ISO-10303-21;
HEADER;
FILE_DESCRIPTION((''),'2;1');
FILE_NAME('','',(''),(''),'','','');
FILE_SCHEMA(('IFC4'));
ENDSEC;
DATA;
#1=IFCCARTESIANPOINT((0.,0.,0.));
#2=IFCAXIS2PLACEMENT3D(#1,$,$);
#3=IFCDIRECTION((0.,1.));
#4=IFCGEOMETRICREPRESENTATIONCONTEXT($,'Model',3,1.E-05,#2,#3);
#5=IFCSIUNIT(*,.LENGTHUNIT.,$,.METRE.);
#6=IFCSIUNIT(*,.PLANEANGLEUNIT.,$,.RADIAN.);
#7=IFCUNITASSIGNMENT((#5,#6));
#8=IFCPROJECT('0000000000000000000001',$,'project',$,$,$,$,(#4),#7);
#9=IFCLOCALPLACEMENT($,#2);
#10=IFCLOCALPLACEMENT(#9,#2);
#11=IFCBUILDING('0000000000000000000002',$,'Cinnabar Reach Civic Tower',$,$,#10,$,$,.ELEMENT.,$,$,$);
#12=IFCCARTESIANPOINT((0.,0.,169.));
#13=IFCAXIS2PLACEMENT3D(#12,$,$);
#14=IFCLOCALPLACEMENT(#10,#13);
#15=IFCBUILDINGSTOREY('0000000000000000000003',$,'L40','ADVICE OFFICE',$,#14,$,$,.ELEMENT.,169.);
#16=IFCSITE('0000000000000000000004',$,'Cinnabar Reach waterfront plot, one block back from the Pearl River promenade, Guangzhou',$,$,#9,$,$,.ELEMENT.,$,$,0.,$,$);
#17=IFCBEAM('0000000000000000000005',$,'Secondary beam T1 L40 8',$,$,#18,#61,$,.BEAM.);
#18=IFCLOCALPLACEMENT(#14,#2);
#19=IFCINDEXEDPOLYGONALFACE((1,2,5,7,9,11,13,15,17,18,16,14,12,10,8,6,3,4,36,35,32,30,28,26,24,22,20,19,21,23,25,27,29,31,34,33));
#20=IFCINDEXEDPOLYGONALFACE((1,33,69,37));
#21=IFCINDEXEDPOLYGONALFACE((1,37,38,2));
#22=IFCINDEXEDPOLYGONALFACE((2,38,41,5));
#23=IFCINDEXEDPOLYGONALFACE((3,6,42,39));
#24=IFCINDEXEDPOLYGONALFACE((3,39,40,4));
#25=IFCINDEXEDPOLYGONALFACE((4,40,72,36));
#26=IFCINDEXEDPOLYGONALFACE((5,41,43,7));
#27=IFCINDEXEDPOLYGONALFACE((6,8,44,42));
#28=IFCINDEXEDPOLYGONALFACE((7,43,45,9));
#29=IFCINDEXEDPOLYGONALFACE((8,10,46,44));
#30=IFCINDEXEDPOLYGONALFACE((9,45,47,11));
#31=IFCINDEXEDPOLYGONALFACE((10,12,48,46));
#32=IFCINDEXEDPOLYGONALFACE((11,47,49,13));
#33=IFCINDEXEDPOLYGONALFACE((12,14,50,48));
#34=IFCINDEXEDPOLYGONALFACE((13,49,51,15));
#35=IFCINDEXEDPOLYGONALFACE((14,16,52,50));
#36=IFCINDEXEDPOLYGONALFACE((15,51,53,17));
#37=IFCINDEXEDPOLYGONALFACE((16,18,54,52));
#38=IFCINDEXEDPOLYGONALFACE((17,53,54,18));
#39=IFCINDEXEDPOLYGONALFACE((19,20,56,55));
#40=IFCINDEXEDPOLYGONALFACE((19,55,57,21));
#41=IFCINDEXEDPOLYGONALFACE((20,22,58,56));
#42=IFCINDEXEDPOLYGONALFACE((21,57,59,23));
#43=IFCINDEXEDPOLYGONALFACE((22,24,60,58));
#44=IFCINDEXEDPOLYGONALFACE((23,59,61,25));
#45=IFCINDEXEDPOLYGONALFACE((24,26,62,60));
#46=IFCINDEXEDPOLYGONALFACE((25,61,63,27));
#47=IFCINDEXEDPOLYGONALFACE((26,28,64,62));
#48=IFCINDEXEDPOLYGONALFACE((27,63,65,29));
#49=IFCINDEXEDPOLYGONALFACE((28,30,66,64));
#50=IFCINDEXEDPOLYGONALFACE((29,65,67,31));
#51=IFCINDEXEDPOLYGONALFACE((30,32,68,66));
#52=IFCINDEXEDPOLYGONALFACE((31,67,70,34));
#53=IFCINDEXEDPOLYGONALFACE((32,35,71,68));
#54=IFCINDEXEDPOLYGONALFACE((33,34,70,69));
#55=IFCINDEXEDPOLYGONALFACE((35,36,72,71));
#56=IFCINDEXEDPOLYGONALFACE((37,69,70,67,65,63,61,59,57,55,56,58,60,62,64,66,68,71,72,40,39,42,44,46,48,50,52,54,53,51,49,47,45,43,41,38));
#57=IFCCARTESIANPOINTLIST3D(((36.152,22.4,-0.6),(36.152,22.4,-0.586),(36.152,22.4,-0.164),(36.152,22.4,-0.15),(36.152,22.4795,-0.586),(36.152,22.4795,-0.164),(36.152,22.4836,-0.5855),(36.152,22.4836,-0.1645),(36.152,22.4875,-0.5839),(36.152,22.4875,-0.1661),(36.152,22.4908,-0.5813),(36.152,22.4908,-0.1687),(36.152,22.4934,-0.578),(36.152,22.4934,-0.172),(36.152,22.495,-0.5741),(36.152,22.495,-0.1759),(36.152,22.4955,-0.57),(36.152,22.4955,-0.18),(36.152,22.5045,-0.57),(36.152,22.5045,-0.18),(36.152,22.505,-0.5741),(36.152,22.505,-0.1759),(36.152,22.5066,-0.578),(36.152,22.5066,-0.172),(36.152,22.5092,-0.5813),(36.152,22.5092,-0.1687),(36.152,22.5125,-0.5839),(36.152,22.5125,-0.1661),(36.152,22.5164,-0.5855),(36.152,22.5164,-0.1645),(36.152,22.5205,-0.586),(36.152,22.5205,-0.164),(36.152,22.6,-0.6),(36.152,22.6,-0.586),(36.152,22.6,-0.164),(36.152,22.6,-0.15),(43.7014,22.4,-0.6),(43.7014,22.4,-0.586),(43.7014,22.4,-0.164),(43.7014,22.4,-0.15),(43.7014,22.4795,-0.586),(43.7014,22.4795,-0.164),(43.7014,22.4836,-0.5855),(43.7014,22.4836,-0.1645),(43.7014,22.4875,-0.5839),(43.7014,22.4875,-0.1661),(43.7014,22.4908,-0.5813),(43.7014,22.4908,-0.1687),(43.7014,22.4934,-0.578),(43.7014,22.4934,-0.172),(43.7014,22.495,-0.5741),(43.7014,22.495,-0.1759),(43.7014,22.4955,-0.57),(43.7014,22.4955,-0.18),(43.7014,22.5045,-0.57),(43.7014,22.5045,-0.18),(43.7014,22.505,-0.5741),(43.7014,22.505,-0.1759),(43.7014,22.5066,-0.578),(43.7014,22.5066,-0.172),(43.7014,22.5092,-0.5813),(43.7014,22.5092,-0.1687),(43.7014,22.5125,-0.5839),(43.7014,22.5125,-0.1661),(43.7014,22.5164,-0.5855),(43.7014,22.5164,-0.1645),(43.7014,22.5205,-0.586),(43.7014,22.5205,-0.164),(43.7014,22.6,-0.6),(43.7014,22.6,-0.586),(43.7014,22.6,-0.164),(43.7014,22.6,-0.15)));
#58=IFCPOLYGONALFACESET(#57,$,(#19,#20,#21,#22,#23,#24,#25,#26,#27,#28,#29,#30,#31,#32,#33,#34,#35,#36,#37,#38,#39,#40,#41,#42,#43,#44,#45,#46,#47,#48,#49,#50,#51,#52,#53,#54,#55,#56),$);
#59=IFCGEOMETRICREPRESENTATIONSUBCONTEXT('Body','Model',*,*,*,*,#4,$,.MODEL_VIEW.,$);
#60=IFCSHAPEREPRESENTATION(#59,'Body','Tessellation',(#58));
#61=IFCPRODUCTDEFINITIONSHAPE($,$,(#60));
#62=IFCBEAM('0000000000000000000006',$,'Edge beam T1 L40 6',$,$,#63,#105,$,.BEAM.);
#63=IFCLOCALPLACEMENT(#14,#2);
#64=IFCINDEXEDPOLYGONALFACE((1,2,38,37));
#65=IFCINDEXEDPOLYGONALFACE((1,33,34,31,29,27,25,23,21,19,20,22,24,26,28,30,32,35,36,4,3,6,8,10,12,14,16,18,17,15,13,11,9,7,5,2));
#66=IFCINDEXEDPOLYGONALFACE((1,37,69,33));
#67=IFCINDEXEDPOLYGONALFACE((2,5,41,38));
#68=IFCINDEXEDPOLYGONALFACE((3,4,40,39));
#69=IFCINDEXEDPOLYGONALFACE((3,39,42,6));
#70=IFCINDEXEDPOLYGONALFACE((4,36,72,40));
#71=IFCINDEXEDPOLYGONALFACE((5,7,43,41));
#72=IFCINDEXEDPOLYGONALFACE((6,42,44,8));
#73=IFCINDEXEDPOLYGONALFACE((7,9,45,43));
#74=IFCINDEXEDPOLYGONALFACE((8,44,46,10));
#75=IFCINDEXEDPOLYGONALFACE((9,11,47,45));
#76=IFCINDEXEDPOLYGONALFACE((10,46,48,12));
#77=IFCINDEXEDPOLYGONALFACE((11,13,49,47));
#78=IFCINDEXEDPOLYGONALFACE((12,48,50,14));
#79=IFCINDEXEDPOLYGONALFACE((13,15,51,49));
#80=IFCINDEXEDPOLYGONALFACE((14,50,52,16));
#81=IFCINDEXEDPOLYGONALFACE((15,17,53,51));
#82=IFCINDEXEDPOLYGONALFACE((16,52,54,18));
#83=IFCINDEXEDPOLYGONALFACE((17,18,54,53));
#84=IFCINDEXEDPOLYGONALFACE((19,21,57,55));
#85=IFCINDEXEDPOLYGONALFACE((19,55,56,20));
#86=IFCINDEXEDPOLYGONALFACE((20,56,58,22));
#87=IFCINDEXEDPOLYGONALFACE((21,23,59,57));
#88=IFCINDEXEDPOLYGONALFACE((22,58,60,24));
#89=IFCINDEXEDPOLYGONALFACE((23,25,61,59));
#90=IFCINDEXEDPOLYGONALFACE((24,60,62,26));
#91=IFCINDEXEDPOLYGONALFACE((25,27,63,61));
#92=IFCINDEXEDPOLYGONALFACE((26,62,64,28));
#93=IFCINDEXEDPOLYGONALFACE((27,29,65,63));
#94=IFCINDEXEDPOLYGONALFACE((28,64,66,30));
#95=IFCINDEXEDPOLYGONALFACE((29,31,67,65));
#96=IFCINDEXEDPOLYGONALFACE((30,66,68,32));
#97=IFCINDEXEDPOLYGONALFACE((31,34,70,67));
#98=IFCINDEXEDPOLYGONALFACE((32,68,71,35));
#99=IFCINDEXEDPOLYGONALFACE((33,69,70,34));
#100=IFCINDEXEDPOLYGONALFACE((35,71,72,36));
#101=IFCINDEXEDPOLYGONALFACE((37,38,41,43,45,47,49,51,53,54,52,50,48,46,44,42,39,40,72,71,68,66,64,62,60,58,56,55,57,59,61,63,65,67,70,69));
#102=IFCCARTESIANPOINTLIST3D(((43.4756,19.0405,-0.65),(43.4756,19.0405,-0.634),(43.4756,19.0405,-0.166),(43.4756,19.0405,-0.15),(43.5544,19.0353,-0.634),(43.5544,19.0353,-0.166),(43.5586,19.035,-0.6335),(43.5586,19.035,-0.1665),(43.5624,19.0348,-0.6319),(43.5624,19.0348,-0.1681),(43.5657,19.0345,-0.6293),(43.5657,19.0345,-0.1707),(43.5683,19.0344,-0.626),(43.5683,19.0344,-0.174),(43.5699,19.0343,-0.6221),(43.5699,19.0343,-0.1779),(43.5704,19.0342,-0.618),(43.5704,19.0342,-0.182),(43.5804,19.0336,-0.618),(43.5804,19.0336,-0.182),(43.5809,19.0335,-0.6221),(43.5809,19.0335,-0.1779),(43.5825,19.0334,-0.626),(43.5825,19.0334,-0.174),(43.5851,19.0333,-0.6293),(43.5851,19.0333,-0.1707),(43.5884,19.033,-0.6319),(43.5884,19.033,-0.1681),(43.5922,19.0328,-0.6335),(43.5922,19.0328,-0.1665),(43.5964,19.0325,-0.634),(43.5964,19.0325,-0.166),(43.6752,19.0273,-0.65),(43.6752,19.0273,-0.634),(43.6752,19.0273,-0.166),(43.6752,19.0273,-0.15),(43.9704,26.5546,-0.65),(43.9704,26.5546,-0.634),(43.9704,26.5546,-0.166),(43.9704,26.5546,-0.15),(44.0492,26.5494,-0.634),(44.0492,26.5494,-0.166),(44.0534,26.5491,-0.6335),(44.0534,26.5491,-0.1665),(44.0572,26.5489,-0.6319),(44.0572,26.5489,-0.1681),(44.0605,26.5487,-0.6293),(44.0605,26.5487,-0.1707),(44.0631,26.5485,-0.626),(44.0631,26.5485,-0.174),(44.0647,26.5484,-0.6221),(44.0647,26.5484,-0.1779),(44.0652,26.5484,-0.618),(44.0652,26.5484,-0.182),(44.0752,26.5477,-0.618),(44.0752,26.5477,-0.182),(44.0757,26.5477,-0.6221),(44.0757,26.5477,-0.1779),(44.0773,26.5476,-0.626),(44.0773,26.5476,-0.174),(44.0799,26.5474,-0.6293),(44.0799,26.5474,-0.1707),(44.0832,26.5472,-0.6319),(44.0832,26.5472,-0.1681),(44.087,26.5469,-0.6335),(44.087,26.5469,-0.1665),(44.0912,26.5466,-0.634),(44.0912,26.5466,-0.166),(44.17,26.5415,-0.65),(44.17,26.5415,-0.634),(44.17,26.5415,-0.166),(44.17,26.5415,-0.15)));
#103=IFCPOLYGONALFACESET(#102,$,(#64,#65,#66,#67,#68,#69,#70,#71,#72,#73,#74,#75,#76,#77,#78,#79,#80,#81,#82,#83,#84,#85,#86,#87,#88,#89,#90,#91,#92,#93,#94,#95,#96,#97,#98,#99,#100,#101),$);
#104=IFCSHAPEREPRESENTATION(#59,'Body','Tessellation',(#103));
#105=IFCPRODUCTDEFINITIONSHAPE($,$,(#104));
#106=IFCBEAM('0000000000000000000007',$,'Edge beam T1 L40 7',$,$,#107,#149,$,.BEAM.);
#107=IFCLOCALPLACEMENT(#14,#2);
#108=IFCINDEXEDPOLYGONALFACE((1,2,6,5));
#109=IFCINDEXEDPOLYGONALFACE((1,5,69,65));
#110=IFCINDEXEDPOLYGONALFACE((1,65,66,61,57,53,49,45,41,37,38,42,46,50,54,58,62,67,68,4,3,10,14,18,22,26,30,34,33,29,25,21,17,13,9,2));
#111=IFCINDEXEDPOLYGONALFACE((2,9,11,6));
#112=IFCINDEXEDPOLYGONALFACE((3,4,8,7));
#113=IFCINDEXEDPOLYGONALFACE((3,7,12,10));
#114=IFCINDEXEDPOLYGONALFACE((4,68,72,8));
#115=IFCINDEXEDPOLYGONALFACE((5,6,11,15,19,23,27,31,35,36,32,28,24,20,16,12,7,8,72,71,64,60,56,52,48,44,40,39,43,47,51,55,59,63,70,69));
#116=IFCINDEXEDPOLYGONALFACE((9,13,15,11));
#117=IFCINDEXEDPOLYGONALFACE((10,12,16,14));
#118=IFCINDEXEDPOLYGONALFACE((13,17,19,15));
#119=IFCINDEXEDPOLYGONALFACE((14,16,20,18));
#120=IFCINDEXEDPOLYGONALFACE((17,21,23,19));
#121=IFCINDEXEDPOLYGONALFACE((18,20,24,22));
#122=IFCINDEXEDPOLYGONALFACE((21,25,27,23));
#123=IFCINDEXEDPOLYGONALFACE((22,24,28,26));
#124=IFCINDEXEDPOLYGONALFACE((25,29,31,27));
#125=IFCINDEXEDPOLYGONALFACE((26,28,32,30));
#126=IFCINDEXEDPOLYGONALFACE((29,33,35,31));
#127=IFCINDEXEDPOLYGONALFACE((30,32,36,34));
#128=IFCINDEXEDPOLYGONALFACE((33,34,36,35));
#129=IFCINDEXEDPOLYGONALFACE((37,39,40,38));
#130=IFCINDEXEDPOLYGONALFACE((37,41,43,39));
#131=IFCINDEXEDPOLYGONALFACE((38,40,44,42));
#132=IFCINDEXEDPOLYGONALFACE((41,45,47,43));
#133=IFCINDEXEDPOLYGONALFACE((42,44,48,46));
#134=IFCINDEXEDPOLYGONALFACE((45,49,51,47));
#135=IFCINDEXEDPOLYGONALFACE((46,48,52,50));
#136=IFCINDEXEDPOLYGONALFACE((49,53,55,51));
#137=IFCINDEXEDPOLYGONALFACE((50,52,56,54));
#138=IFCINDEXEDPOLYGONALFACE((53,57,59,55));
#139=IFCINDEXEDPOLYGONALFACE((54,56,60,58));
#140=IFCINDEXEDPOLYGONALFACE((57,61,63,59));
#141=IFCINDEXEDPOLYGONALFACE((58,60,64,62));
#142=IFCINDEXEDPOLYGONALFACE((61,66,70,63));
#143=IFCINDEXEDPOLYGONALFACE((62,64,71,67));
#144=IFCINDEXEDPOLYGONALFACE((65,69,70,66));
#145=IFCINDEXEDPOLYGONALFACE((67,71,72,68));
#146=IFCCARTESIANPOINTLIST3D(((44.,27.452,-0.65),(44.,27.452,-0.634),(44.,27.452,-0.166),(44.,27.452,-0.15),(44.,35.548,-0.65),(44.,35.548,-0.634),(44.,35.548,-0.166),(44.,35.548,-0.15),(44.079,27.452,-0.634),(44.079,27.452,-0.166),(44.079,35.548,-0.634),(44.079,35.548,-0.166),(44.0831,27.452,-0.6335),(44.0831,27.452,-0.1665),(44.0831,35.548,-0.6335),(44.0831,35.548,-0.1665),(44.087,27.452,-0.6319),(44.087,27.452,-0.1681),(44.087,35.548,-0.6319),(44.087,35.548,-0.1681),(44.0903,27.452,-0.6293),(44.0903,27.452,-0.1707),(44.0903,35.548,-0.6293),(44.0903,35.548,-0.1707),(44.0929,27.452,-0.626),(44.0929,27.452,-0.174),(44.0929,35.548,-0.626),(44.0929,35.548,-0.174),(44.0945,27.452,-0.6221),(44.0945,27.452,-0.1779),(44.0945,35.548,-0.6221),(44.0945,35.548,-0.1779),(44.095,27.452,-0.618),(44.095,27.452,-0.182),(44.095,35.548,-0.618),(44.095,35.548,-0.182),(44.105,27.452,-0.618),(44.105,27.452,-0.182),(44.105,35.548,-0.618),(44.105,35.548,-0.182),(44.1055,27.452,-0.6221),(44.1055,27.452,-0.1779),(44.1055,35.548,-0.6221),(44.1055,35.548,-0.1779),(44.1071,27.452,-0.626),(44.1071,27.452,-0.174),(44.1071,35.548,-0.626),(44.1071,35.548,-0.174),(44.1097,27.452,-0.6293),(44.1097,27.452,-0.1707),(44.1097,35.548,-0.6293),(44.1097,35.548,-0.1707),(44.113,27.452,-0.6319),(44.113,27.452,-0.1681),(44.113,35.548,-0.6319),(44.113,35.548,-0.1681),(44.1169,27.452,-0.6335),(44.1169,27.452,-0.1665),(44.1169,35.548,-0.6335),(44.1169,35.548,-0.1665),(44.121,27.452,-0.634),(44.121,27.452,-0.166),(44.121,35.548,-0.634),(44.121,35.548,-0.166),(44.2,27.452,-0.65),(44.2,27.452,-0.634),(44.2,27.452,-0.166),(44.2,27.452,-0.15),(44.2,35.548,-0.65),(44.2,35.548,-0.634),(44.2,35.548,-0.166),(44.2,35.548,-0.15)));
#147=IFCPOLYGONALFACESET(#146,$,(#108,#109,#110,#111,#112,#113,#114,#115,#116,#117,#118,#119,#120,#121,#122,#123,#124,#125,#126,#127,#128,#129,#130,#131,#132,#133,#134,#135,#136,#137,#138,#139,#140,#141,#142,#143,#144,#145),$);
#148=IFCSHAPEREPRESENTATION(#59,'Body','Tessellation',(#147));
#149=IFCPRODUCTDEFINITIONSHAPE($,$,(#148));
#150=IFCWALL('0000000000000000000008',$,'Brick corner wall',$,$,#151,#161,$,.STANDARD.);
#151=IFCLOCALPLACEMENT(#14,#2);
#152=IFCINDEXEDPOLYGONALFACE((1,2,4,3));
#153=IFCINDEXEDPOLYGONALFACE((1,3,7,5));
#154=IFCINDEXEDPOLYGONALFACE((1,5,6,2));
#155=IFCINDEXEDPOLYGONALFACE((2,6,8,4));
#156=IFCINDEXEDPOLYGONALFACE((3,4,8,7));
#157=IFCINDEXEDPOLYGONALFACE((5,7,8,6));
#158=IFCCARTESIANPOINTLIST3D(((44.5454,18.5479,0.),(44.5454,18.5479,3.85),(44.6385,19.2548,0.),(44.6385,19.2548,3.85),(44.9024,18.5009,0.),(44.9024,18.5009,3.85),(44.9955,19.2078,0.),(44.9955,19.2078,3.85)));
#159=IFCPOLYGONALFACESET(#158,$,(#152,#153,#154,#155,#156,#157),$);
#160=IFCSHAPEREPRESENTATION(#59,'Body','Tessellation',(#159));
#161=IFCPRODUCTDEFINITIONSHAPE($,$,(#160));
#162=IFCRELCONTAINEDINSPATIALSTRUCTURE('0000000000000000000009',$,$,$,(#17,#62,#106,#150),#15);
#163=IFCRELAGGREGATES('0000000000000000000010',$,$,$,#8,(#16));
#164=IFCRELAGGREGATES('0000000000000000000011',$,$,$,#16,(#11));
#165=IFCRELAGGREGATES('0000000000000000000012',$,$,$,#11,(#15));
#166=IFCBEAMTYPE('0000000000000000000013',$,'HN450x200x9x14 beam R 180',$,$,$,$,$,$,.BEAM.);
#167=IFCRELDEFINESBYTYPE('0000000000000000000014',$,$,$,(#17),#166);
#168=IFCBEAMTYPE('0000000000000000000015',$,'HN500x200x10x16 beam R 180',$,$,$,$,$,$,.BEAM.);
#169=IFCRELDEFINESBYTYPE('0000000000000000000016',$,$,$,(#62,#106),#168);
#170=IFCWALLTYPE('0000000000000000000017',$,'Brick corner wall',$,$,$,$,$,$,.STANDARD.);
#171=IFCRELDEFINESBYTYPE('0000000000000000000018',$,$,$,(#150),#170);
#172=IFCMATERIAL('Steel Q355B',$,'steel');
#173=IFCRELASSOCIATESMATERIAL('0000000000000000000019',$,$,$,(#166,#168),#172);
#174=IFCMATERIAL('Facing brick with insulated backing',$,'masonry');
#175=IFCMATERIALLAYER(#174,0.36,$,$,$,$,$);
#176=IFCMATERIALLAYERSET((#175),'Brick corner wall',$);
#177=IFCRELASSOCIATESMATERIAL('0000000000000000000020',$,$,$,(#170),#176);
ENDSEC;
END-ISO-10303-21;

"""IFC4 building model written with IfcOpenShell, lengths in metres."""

from ifc_helpers import new_model, si_unit, direction, frame, frame_2d, origin, origin_2d, place, context, subcontext, project, spatial, rectangle, i_section, extrude, material, layer, layer_set, material_profile, profile_set, type_object, element, save


model = new_model("IFC4")

# Units and contexts
model_context = context("Model", 3, precision=1e-05, world=origin(), true_north=direction((0.0, 1.0)))
body_context = subcontext(model_context, "Body", "Model", "MODEL_VIEW")
ifc_project = project(units=[si_unit("LENGTHUNIT", "METRE"), si_unit("PLANEANGLEUNIT", "RADIAN")], contexts=[model_context])

# Site, building, storey
site_placement = place(None, origin())
site = spatial("IfcSite", under=ifc_project, at=site_placement, Name="Cinnabar Reach waterfront plot, one block back from the Pearl River promenade, Guangzhou", CompositionType="ELEMENT", RefElevation=0.0)
building_placement = place(site_placement, origin())
building = spatial("IfcBuilding", under=site, at=building_placement, Name="Cinnabar Reach Civic Tower", CompositionType="ELEMENT")
storey_placement = place(building_placement, frame((0.0, 0.0, 169.0)))
storey = spatial("IfcBuildingStorey", under=building, at=storey_placement, Name="L40", Description="ADVICE OFFICE", CompositionType="ELEMENT", Elevation=169.0)

# Beams
ifc_material_1 = material(Name="Steel Q355B", Category="steel")
ifc_material_profile_1 = material_profile(ifc_material_1, i_section(OverallWidth=0.2, OverallDepth=0.45, WebThickness=0.009, FlangeThickness=0.014, FilletRadius=0.016, at=origin_2d()), Name="HN450x200x9x14")
ifc_profile_set_1 = profile_set([ifc_material_profile_1], Name="Steel Q355B")
beam_type_1 = type_object("IfcBeamType", Name="HN450x200x9x14 beam R 180", PredefinedType="BEAM", material=ifc_profile_set_1)
beam_1_placement = place(storey_placement, frame((36.152, 22.5, -0.375), z_axis=(1.0, 0.0, 0.0), x_axis=(0.0, 1.0, 0.0)))
element("IfcBeam", 1, at=beam_1_placement, inside=storey, type_object=beam_type_1, Name="Secondary beam T1 L40 8", PredefinedType="BEAM", context=body_context, shape_type="SweptSolid", body=[
    extrude(i_section(OverallWidth=0.2, OverallDepth=0.45, WebThickness=0.009, FlangeThickness=0.014, FilletRadius=0.016, at=origin_2d()), origin(), (0.0, 0.0, 1.0), 7.5494),
])
ifc_material_profile_2 = material_profile(ifc_material_1, i_section(OverallWidth=0.2, OverallDepth=0.5, WebThickness=0.01, FlangeThickness=0.016, FilletRadius=0.016, at=origin_2d()), Name="HN500x200x10x16")
ifc_profile_set_2 = profile_set([ifc_material_profile_2], Name="Steel Q355B")
beam_type_2 = type_object("IfcBeamType", Name="HN500x200x10x16 beam R 180", PredefinedType="BEAM", material=ifc_profile_set_2)
beam_2_placement = place(storey_placement, frame((43.5754, 19.0339, -0.4), z_axis=(0.065707, 0.997839, 0.0), x_axis=(-0.997839, 0.065707, 0.0)))
element("IfcBeam", 2, at=beam_2_placement, inside=storey, type_object=beam_type_2, Name="Edge beam T1 L40 6", PredefinedType="BEAM", context=body_context, shape_type="SweptSolid", body=[
    extrude(i_section(OverallWidth=0.2, OverallDepth=0.5, WebThickness=0.01, FlangeThickness=0.016, FilletRadius=0.016, at=origin_2d()), origin(), (0.0, 0.0, 1.0), 7.5304),
])
beam_3_placement = place(storey_placement, frame((44.1, 27.452, -0.4), z_axis=(0.0, 1.0, 0.0), x_axis=(-1.0, 0.0, 0.0)))
element("IfcBeam", 3, at=beam_3_placement, inside=storey, type_object=beam_type_2, Name="Edge beam T1 L40 7", PredefinedType="BEAM", context=body_context, shape_type="SweptSolid", body=[
    extrude(i_section(OverallWidth=0.2, OverallDepth=0.5, WebThickness=0.01, FlangeThickness=0.016, FilletRadius=0.016, at=origin_2d()), origin(), (0.0, 0.0, 1.0), 8.096),
])

# Wall
ifc_material_2 = material(Name="Facing brick with insulated backing", Category="masonry")
ifc_layer_1 = layer(ifc_material_2, 0.36)
ifc_layer_set_1 = layer_set([ifc_layer_1], Name="Brick corner wall")
wall_type_1 = type_object("IfcWallType", Name="Brick corner wall", PredefinedType="STANDARD", material=ifc_layer_set_1)
wall_1_placement = place(storey_placement, frame((44.7239, 18.5244, 0.0), z_axis=(0.0, 0.0, 1.0), x_axis=(0.130556, 0.991441, 0.0)))
element("IfcWall", 4, at=wall_1_placement, inside=storey, type_object=wall_type_1, Name="Brick corner wall", PredefinedType="STANDARD", context=body_context, shape_type="SweptSolid", body=[
    extrude(rectangle(XDim=0.7131, YDim=0.36, at=frame_2d((0.3565, 0.0))), origin(), (0.0, 0.0, 1.0), 3.85),
])

save(model, "model.ifc")
